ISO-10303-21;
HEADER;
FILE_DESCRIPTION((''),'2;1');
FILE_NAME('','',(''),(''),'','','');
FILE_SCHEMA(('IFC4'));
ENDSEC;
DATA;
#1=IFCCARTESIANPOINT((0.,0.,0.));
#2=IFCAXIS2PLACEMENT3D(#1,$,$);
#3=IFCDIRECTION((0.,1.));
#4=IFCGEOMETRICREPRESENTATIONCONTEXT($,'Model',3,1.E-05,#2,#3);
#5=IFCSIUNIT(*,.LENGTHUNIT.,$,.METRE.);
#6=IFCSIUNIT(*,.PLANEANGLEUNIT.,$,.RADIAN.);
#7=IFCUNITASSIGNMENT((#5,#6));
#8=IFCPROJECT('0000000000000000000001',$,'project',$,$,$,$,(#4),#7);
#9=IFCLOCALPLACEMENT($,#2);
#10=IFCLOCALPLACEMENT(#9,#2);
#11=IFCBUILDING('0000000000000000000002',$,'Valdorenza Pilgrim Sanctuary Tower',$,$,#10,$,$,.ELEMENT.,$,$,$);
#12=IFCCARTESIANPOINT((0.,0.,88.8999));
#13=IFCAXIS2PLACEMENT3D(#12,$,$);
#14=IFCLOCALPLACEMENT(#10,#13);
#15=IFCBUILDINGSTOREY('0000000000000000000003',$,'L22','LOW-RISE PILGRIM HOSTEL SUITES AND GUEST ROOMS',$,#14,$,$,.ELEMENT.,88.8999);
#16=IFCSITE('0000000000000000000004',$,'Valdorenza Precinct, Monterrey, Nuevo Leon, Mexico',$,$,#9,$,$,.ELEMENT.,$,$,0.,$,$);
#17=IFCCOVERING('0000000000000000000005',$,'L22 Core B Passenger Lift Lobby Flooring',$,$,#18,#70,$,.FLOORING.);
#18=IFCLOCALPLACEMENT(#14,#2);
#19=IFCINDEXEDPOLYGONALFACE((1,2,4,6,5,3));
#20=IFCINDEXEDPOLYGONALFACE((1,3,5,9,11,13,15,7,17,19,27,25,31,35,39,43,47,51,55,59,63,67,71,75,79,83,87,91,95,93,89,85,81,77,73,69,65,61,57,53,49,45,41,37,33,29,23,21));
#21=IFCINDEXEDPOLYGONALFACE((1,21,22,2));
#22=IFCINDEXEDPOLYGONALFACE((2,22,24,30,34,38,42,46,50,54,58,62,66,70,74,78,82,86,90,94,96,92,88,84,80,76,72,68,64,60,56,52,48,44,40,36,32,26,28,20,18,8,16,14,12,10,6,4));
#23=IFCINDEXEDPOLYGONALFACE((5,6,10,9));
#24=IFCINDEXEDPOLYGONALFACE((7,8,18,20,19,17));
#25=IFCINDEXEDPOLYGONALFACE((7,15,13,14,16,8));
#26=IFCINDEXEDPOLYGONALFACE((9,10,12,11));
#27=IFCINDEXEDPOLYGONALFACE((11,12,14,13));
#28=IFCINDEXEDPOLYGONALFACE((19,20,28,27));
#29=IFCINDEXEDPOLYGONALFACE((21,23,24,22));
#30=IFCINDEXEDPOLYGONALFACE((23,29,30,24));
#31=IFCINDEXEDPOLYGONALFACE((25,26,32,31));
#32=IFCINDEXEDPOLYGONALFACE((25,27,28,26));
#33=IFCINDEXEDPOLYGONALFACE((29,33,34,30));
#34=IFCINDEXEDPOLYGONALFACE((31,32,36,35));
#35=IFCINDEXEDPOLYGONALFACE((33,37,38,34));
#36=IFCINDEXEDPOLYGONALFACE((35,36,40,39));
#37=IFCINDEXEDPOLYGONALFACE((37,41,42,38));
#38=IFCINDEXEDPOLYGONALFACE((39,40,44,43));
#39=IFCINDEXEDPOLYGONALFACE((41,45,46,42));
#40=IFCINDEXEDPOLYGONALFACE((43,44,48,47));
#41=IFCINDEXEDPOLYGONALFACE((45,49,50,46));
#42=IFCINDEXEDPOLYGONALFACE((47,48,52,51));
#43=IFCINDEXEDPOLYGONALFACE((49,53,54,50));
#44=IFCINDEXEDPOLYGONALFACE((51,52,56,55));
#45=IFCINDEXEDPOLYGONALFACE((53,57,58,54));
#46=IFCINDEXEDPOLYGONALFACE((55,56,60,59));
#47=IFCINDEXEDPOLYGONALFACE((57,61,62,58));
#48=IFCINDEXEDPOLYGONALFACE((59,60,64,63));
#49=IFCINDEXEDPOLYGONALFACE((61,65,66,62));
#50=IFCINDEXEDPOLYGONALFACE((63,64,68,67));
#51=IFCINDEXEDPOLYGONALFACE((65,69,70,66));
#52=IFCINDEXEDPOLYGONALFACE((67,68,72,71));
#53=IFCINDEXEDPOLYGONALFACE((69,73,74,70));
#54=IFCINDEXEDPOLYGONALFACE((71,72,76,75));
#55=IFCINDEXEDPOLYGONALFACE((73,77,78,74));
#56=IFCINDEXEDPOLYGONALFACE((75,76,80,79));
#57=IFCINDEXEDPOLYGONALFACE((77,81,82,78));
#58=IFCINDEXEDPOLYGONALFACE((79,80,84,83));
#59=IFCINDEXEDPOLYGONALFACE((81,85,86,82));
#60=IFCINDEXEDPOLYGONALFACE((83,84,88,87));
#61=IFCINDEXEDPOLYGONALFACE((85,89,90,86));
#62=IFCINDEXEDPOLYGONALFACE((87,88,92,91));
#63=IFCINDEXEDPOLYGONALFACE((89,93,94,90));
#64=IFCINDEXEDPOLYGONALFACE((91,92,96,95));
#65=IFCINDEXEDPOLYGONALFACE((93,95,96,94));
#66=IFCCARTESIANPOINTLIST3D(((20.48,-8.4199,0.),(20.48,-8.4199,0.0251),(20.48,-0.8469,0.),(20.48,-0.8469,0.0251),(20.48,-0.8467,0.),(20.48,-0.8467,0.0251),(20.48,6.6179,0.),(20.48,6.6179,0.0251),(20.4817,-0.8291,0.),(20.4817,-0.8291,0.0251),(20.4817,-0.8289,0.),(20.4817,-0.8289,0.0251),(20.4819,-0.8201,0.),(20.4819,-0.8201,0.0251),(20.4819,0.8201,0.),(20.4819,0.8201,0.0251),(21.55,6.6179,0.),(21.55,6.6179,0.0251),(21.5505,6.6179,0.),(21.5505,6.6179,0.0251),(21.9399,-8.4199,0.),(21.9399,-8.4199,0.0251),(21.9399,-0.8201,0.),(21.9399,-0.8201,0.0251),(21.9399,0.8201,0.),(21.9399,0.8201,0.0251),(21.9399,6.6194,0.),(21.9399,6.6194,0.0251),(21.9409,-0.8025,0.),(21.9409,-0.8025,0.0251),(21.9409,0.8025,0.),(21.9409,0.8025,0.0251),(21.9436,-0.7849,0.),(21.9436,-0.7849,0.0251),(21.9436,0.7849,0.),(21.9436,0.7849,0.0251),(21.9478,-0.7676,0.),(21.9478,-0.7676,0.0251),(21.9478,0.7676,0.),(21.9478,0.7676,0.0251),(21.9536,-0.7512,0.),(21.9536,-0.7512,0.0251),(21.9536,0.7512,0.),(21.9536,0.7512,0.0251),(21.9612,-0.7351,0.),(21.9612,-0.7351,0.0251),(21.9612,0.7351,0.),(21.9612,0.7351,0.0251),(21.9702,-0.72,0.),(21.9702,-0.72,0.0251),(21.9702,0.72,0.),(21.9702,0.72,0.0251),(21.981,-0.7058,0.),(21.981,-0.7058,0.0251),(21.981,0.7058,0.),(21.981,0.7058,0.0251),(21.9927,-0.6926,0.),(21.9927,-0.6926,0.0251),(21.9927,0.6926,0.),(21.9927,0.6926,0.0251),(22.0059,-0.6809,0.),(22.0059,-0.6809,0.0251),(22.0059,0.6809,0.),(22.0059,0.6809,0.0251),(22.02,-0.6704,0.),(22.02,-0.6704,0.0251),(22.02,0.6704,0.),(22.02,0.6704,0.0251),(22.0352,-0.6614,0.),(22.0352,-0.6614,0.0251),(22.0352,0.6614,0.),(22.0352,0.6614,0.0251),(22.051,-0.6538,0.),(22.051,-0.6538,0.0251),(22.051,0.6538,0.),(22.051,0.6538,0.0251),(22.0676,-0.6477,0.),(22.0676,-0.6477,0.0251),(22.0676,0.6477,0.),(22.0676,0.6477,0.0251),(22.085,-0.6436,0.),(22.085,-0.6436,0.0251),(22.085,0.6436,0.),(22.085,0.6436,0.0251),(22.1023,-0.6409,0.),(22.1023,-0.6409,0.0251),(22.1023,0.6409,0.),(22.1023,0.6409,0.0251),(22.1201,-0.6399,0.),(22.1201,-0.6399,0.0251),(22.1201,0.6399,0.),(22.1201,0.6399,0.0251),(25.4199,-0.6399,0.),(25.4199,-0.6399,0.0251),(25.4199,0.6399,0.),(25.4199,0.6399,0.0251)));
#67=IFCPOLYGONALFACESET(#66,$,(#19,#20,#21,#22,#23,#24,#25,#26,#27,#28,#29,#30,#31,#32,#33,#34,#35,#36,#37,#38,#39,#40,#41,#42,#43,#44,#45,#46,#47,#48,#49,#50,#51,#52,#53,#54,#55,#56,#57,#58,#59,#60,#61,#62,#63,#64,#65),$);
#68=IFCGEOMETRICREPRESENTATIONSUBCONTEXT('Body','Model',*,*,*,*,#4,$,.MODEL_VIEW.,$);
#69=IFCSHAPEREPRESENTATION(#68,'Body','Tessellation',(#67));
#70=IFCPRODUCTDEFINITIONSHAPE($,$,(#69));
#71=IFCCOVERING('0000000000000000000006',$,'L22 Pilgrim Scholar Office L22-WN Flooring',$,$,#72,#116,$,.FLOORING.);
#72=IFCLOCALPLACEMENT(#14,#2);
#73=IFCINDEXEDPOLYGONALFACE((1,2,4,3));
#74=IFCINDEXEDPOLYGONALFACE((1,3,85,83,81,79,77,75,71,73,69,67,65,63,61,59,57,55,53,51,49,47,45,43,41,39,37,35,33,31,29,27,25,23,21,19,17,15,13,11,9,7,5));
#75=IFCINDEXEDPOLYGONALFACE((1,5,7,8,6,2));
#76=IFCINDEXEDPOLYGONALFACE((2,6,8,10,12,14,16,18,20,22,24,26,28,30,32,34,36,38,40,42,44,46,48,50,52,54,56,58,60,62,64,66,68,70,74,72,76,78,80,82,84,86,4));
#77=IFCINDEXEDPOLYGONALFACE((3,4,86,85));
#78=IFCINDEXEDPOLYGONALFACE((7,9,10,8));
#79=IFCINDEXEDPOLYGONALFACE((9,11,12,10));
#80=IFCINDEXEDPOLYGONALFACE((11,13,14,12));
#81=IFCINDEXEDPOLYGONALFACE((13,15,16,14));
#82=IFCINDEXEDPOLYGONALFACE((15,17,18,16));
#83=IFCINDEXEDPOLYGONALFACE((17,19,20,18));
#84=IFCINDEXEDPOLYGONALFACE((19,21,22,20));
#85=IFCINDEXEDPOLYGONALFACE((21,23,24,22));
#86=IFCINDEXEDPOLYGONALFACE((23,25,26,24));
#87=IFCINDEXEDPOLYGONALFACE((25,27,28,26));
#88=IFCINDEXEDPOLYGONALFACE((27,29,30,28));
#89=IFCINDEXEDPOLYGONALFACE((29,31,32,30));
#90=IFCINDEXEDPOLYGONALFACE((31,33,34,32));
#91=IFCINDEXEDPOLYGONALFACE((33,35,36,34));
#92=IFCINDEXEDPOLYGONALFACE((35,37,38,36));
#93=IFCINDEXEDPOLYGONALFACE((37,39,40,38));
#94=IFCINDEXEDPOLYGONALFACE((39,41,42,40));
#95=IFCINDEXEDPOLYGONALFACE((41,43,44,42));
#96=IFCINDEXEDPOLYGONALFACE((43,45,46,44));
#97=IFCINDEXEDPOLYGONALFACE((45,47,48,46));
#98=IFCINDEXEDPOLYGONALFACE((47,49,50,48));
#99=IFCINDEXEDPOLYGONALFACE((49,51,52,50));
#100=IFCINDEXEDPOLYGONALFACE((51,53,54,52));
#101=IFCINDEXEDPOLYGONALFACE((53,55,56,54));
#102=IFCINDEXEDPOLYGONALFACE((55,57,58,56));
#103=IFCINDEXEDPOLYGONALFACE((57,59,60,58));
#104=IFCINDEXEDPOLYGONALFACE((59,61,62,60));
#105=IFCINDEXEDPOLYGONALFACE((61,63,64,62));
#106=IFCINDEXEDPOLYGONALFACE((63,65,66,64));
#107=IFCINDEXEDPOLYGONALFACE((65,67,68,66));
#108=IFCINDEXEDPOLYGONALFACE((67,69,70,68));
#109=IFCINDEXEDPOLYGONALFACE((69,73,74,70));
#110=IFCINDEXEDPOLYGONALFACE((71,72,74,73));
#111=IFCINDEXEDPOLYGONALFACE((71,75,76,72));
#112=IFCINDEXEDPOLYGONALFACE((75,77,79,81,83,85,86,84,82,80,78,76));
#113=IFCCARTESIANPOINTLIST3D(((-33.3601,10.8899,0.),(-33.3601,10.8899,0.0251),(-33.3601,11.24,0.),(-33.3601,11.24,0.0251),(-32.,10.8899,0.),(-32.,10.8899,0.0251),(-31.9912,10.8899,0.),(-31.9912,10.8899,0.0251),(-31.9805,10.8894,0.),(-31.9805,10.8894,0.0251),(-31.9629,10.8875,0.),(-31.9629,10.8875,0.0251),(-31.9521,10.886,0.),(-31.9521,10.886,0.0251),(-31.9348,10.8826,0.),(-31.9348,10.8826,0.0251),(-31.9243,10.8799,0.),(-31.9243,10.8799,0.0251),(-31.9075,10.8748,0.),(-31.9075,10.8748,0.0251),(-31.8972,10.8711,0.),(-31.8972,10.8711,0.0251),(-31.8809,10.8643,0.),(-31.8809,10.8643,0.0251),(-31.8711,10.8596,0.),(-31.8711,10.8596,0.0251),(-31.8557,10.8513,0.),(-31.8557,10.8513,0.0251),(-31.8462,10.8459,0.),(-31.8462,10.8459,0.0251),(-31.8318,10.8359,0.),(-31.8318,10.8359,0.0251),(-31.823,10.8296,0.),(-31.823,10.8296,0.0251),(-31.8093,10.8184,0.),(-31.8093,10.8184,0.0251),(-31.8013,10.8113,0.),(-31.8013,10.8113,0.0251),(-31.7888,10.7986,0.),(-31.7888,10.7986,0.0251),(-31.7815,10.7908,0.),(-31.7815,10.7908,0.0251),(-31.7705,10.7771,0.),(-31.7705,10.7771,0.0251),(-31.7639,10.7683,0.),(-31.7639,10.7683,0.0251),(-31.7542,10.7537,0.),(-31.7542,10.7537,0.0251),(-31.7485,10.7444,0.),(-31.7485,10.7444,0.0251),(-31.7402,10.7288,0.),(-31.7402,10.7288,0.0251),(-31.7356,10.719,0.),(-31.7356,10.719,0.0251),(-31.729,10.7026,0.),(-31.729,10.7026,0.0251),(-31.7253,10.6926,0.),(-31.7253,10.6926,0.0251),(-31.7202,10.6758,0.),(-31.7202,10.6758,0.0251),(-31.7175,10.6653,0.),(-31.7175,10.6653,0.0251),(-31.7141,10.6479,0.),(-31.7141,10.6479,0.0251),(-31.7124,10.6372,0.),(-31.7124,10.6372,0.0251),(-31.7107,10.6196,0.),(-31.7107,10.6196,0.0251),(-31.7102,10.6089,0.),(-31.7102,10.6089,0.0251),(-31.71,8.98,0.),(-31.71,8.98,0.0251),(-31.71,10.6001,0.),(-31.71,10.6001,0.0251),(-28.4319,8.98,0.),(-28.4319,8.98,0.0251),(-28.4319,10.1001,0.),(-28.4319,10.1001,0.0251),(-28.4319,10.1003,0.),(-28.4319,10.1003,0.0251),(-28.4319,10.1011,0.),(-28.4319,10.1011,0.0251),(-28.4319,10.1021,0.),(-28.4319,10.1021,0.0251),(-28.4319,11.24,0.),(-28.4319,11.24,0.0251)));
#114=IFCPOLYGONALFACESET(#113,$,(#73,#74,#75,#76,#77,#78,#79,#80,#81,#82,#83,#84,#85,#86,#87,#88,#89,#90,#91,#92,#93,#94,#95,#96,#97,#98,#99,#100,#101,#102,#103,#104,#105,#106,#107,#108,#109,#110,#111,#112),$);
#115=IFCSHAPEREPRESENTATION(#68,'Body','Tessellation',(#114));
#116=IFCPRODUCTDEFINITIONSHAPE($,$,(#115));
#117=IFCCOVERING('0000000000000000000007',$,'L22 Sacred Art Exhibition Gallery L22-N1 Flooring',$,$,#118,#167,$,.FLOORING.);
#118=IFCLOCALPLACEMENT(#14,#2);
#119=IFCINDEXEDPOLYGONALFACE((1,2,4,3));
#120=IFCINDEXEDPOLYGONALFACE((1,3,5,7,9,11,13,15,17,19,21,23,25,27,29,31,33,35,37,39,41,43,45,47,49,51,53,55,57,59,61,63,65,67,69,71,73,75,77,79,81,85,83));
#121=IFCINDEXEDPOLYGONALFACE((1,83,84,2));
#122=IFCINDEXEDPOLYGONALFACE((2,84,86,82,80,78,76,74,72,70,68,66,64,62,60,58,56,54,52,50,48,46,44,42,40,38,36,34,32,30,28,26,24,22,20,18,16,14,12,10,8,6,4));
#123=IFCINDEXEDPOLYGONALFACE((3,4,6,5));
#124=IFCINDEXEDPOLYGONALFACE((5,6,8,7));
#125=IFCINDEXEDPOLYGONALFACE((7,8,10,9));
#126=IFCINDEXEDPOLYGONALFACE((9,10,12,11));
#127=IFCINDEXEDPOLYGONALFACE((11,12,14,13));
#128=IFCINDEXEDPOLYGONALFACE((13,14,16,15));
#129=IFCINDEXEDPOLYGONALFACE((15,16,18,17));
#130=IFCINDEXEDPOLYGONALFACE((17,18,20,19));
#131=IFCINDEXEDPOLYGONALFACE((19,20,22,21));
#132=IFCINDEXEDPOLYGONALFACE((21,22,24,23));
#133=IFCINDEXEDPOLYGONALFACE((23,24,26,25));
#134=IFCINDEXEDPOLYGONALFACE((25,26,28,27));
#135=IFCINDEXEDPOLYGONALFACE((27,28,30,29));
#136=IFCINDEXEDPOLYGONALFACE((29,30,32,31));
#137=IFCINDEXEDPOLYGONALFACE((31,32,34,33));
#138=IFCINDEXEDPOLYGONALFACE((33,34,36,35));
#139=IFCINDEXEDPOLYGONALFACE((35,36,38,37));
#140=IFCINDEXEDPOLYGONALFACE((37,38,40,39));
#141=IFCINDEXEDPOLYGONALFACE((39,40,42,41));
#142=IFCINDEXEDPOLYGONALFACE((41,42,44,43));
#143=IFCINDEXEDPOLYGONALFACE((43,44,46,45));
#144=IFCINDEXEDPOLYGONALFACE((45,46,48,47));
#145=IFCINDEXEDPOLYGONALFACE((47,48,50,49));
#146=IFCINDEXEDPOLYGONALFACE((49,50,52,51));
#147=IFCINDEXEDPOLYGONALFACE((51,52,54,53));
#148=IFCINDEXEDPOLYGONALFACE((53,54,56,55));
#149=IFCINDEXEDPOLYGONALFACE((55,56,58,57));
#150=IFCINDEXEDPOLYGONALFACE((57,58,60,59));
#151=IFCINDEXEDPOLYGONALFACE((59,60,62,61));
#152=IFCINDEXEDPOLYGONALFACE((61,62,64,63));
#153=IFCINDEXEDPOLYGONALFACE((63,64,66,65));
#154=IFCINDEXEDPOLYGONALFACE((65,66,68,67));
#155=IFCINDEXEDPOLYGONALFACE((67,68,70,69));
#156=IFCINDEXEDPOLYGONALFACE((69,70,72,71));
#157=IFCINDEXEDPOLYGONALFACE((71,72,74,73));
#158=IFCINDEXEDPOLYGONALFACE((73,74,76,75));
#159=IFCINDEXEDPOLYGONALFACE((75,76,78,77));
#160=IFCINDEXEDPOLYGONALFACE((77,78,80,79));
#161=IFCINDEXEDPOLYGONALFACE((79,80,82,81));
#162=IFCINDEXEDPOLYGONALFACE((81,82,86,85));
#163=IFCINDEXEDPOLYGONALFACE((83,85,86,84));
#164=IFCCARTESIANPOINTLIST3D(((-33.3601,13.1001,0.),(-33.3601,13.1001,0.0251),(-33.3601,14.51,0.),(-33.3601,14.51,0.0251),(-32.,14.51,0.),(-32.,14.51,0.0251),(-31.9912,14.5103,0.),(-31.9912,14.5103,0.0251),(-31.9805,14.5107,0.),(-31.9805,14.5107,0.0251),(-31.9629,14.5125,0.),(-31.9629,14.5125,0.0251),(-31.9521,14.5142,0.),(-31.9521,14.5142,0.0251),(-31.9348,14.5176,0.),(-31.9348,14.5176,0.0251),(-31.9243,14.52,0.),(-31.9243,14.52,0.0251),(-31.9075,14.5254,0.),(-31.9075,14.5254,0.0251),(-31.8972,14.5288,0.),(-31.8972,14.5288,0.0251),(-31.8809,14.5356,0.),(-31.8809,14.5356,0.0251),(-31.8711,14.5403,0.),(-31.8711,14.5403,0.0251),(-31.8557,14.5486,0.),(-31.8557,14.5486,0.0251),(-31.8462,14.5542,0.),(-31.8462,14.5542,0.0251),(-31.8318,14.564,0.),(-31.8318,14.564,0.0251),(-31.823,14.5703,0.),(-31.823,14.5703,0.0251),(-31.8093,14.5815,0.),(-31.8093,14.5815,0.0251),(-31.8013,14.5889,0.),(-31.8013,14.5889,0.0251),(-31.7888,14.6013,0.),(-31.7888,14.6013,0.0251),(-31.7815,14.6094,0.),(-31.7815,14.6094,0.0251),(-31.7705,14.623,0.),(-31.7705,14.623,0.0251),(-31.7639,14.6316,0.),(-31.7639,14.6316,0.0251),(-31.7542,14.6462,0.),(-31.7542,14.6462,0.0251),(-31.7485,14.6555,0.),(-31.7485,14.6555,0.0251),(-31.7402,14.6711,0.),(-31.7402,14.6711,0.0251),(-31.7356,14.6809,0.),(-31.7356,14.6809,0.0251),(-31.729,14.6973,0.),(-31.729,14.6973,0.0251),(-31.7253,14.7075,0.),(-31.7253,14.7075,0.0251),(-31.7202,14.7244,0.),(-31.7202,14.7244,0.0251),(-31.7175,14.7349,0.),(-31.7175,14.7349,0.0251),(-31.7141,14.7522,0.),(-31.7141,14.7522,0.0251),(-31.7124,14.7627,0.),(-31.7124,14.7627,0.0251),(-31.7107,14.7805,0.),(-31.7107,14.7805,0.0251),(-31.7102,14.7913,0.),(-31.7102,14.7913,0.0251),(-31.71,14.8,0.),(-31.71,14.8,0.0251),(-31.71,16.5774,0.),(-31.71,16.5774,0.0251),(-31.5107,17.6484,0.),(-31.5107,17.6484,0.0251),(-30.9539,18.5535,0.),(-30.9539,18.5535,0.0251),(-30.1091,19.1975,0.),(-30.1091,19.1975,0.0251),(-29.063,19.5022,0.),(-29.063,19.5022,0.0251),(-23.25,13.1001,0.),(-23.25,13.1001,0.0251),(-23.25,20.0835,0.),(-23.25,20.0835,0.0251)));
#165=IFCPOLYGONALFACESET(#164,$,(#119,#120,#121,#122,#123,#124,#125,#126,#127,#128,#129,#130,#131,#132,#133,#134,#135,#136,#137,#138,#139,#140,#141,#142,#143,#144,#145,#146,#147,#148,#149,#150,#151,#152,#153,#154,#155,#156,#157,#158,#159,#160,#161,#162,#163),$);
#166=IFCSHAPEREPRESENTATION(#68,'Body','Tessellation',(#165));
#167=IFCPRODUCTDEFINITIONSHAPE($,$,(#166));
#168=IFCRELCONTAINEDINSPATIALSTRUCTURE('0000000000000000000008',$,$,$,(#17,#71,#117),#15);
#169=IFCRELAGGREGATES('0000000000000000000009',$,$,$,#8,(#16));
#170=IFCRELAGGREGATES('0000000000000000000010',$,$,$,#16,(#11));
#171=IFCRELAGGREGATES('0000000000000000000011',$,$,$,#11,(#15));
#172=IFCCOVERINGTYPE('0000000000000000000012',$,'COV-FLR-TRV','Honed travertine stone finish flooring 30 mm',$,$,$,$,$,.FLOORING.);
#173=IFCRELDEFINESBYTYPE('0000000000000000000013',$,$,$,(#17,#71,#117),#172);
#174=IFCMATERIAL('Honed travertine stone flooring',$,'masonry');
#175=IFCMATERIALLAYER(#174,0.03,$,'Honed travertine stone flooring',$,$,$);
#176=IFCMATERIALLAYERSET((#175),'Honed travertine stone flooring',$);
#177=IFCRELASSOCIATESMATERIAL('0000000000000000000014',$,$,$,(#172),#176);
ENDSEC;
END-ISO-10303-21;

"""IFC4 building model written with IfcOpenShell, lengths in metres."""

from ifc_helpers import new_model, si_unit, direction, frame, origin, place, context, subcontext, project, spatial, polyline, outline, extrude, material, layer, layer_set, type_object, element, save


model = new_model("IFC4")

# Units and contexts
model_context = context("Model", 3, precision=1e-05, world=origin(), true_north=direction((0.0, 1.0)))
body_context = subcontext(model_context, "Body", "Model", "MODEL_VIEW")
ifc_project = project(units=[si_unit("LENGTHUNIT", "METRE"), si_unit("PLANEANGLEUNIT", "RADIAN")], contexts=[model_context])

# Site, building, storey
site_placement = place(None, origin())
site = spatial("IfcSite", under=ifc_project, at=site_placement, Name="Valdorenza Precinct, Monterrey, Nuevo Leon, Mexico", CompositionType="ELEMENT", RefElevation=0.0)
building_placement = place(site_placement, origin())
building = spatial("IfcBuilding", under=site, at=building_placement, Name="Valdorenza Pilgrim Sanctuary Tower", CompositionType="ELEMENT")
storey_placement = place(building_placement, frame((0.0, 0.0, 88.8999)))
storey = spatial("IfcBuildingStorey", under=building, at=storey_placement, Name="L22", Description="LOW-RISE PILGRIM HOSTEL SUITES AND GUEST ROOMS", CompositionType="ELEMENT", Elevation=88.8999)

# Coverings
ifc_material_1 = material(Name="Honed travertine stone flooring", Category="masonry")
ifc_layer_1 = layer(ifc_material_1, 0.03, Name="Honed travertine stone flooring")
ifc_layer_set_1 = layer_set([ifc_layer_1], Name="Honed travertine stone flooring")
covering_type_1 = type_object("IfcCoveringType", Name="COV-FLR-TRV", Description="Honed travertine stone finish flooring 30 mm", PredefinedType="FLOORING", material=ifc_layer_set_1)
covering_1_placement = place(storey_placement, origin())
element("IfcCovering", 1, at=covering_1_placement, inside=storey, type_object=covering_type_1, Name="L22 Core B Passenger Lift Lobby Flooring", PredefinedType="FLOORING", context=body_context, shape_type="SweptSolid", body=[
    extrude(outline(polyline([(20.48, 6.6179), (21.55, 6.6179), (21.5505, 6.6179), (21.9399, 6.6194), (21.9399, 0.8201), (21.9409, 0.8025), (21.9436, 0.7849), (21.9478, 0.7676), (21.9536, 0.7512), (21.9612, 0.7351), (21.9702, 0.72), (21.981, 0.7058), (21.9927, 0.6926), (22.0059, 0.6809), (22.02, 0.6704), (22.0352, 0.6614), (22.051, 0.6538), (22.0676, 0.6477), (22.085, 0.6436), (22.1023, 0.6409), (22.1201, 0.6399), (25.4199, 0.6399), (25.4199, -0.6399), (22.1201, -0.6399), (22.1023, -0.6409), (22.085, -0.6436), (22.0676, -0.6477), (22.051, -0.6538), (22.0352, -0.6614), (22.02, -0.6704), (22.0059, -0.6809), (21.9927, -0.6926), (21.981, -0.7058), (21.9702, -0.72), (21.9612, -0.7351), (21.9536, -0.7512), (21.9478, -0.7676), (21.9436, -0.7849), (21.9409, -0.8025), (21.9399, -0.8201), (21.9399, -8.4199), (20.48, -8.4199), (20.48, -0.8469), (20.48, -0.8467), (20.48, -0.8467), (20.4817, -0.8291), (20.4817, -0.8289), (20.4819, -0.8201), (20.4819, 0.8201), (20.48, 6.6179)])), origin(), (0.0, 0.0, 1.0), 0.0251),
])
covering_2_placement = place(storey_placement, origin())
element("IfcCovering", 2, at=covering_2_placement, inside=storey, type_object=covering_type_1, Name="L22 Pilgrim Scholar Office L22-WN Flooring", PredefinedType="FLOORING", context=body_context, shape_type="SweptSolid", body=[
    extrude(outline(polyline([(-28.4319, 11.24), (-28.4319, 10.1021), (-28.4319, 10.1011), (-28.4319, 10.1003), (-28.4319, 10.1001), (-28.4319, 8.98), (-31.71, 8.98), (-31.71, 10.6001), (-31.7102, 10.6089), (-31.7107, 10.6196), (-31.7124, 10.6372), (-31.7141, 10.6479), (-31.7175, 10.6653), (-31.7202, 10.6758), (-31.7253, 10.6926), (-31.729, 10.7026), (-31.7356, 10.719), (-31.7402, 10.7288), (-31.7485, 10.7444), (-31.7542, 10.7537), (-31.7639, 10.7683), (-31.7705, 10.7771), (-31.7815, 10.7908), (-31.7888, 10.7986), (-31.8013, 10.8113), (-31.8093, 10.8184), (-31.823, 10.8296), (-31.8318, 10.8359), (-31.8462, 10.8459), (-31.8557, 10.8513), (-31.8711, 10.8596), (-31.8809, 10.8643), (-31.8972, 10.8711), (-31.9075, 10.8748), (-31.9243, 10.8799), (-31.9348, 10.8826), (-31.9521, 10.886), (-31.9629, 10.8875), (-31.9805, 10.8894), (-31.9912, 10.8899), (-32.0, 10.8899), (-33.3601, 10.8899), (-33.3601, 11.24), (-28.4319, 11.24)])), origin(), (0.0, 0.0, 1.0), 0.0251),
])
covering_3_placement = place(storey_placement, origin())
element("IfcCovering", 3, at=covering_3_placement, inside=storey, type_object=covering_type_1, Name="L22 Sacred Art Exhibition Gallery L22-N1 Flooring", PredefinedType="FLOORING", context=body_context, shape_type="SweptSolid", body=[
    extrude(outline(polyline([(-33.3601, 13.1001), (-33.3601, 14.51), (-32.0, 14.51), (-31.9912, 14.5103), (-31.9805, 14.5107), (-31.9629, 14.5125), (-31.9521, 14.5142), (-31.9348, 14.5176), (-31.9243, 14.52), (-31.9075, 14.5254), (-31.8972, 14.5288), (-31.8809, 14.5356), (-31.8711, 14.5403), (-31.8557, 14.5486), (-31.8462, 14.5542), (-31.8318, 14.564), (-31.823, 14.5703), (-31.8093, 14.5815), (-31.8013, 14.5889), (-31.7888, 14.6013), (-31.7815, 14.6094), (-31.7705, 14.623), (-31.7639, 14.6316), (-31.7542, 14.6462), (-31.7485, 14.6555), (-31.7402, 14.6711), (-31.7356, 14.6809), (-31.729, 14.6973), (-31.7253, 14.7075), (-31.7202, 14.7244), (-31.7175, 14.7349), (-31.7141, 14.7522), (-31.7124, 14.7627), (-31.7107, 14.7805), (-31.7102, 14.7913), (-31.71, 14.8), (-31.71, 16.5774), (-31.5107, 17.6484), (-30.9539, 18.5535), (-30.1091, 19.1975), (-29.063, 19.5022), (-23.25, 20.0835), (-23.25, 13.1001), (-33.3601, 13.1001)])), origin(), (0.0, 0.0, 1.0), 0.0251),
])

save(model, "model.ifc")
